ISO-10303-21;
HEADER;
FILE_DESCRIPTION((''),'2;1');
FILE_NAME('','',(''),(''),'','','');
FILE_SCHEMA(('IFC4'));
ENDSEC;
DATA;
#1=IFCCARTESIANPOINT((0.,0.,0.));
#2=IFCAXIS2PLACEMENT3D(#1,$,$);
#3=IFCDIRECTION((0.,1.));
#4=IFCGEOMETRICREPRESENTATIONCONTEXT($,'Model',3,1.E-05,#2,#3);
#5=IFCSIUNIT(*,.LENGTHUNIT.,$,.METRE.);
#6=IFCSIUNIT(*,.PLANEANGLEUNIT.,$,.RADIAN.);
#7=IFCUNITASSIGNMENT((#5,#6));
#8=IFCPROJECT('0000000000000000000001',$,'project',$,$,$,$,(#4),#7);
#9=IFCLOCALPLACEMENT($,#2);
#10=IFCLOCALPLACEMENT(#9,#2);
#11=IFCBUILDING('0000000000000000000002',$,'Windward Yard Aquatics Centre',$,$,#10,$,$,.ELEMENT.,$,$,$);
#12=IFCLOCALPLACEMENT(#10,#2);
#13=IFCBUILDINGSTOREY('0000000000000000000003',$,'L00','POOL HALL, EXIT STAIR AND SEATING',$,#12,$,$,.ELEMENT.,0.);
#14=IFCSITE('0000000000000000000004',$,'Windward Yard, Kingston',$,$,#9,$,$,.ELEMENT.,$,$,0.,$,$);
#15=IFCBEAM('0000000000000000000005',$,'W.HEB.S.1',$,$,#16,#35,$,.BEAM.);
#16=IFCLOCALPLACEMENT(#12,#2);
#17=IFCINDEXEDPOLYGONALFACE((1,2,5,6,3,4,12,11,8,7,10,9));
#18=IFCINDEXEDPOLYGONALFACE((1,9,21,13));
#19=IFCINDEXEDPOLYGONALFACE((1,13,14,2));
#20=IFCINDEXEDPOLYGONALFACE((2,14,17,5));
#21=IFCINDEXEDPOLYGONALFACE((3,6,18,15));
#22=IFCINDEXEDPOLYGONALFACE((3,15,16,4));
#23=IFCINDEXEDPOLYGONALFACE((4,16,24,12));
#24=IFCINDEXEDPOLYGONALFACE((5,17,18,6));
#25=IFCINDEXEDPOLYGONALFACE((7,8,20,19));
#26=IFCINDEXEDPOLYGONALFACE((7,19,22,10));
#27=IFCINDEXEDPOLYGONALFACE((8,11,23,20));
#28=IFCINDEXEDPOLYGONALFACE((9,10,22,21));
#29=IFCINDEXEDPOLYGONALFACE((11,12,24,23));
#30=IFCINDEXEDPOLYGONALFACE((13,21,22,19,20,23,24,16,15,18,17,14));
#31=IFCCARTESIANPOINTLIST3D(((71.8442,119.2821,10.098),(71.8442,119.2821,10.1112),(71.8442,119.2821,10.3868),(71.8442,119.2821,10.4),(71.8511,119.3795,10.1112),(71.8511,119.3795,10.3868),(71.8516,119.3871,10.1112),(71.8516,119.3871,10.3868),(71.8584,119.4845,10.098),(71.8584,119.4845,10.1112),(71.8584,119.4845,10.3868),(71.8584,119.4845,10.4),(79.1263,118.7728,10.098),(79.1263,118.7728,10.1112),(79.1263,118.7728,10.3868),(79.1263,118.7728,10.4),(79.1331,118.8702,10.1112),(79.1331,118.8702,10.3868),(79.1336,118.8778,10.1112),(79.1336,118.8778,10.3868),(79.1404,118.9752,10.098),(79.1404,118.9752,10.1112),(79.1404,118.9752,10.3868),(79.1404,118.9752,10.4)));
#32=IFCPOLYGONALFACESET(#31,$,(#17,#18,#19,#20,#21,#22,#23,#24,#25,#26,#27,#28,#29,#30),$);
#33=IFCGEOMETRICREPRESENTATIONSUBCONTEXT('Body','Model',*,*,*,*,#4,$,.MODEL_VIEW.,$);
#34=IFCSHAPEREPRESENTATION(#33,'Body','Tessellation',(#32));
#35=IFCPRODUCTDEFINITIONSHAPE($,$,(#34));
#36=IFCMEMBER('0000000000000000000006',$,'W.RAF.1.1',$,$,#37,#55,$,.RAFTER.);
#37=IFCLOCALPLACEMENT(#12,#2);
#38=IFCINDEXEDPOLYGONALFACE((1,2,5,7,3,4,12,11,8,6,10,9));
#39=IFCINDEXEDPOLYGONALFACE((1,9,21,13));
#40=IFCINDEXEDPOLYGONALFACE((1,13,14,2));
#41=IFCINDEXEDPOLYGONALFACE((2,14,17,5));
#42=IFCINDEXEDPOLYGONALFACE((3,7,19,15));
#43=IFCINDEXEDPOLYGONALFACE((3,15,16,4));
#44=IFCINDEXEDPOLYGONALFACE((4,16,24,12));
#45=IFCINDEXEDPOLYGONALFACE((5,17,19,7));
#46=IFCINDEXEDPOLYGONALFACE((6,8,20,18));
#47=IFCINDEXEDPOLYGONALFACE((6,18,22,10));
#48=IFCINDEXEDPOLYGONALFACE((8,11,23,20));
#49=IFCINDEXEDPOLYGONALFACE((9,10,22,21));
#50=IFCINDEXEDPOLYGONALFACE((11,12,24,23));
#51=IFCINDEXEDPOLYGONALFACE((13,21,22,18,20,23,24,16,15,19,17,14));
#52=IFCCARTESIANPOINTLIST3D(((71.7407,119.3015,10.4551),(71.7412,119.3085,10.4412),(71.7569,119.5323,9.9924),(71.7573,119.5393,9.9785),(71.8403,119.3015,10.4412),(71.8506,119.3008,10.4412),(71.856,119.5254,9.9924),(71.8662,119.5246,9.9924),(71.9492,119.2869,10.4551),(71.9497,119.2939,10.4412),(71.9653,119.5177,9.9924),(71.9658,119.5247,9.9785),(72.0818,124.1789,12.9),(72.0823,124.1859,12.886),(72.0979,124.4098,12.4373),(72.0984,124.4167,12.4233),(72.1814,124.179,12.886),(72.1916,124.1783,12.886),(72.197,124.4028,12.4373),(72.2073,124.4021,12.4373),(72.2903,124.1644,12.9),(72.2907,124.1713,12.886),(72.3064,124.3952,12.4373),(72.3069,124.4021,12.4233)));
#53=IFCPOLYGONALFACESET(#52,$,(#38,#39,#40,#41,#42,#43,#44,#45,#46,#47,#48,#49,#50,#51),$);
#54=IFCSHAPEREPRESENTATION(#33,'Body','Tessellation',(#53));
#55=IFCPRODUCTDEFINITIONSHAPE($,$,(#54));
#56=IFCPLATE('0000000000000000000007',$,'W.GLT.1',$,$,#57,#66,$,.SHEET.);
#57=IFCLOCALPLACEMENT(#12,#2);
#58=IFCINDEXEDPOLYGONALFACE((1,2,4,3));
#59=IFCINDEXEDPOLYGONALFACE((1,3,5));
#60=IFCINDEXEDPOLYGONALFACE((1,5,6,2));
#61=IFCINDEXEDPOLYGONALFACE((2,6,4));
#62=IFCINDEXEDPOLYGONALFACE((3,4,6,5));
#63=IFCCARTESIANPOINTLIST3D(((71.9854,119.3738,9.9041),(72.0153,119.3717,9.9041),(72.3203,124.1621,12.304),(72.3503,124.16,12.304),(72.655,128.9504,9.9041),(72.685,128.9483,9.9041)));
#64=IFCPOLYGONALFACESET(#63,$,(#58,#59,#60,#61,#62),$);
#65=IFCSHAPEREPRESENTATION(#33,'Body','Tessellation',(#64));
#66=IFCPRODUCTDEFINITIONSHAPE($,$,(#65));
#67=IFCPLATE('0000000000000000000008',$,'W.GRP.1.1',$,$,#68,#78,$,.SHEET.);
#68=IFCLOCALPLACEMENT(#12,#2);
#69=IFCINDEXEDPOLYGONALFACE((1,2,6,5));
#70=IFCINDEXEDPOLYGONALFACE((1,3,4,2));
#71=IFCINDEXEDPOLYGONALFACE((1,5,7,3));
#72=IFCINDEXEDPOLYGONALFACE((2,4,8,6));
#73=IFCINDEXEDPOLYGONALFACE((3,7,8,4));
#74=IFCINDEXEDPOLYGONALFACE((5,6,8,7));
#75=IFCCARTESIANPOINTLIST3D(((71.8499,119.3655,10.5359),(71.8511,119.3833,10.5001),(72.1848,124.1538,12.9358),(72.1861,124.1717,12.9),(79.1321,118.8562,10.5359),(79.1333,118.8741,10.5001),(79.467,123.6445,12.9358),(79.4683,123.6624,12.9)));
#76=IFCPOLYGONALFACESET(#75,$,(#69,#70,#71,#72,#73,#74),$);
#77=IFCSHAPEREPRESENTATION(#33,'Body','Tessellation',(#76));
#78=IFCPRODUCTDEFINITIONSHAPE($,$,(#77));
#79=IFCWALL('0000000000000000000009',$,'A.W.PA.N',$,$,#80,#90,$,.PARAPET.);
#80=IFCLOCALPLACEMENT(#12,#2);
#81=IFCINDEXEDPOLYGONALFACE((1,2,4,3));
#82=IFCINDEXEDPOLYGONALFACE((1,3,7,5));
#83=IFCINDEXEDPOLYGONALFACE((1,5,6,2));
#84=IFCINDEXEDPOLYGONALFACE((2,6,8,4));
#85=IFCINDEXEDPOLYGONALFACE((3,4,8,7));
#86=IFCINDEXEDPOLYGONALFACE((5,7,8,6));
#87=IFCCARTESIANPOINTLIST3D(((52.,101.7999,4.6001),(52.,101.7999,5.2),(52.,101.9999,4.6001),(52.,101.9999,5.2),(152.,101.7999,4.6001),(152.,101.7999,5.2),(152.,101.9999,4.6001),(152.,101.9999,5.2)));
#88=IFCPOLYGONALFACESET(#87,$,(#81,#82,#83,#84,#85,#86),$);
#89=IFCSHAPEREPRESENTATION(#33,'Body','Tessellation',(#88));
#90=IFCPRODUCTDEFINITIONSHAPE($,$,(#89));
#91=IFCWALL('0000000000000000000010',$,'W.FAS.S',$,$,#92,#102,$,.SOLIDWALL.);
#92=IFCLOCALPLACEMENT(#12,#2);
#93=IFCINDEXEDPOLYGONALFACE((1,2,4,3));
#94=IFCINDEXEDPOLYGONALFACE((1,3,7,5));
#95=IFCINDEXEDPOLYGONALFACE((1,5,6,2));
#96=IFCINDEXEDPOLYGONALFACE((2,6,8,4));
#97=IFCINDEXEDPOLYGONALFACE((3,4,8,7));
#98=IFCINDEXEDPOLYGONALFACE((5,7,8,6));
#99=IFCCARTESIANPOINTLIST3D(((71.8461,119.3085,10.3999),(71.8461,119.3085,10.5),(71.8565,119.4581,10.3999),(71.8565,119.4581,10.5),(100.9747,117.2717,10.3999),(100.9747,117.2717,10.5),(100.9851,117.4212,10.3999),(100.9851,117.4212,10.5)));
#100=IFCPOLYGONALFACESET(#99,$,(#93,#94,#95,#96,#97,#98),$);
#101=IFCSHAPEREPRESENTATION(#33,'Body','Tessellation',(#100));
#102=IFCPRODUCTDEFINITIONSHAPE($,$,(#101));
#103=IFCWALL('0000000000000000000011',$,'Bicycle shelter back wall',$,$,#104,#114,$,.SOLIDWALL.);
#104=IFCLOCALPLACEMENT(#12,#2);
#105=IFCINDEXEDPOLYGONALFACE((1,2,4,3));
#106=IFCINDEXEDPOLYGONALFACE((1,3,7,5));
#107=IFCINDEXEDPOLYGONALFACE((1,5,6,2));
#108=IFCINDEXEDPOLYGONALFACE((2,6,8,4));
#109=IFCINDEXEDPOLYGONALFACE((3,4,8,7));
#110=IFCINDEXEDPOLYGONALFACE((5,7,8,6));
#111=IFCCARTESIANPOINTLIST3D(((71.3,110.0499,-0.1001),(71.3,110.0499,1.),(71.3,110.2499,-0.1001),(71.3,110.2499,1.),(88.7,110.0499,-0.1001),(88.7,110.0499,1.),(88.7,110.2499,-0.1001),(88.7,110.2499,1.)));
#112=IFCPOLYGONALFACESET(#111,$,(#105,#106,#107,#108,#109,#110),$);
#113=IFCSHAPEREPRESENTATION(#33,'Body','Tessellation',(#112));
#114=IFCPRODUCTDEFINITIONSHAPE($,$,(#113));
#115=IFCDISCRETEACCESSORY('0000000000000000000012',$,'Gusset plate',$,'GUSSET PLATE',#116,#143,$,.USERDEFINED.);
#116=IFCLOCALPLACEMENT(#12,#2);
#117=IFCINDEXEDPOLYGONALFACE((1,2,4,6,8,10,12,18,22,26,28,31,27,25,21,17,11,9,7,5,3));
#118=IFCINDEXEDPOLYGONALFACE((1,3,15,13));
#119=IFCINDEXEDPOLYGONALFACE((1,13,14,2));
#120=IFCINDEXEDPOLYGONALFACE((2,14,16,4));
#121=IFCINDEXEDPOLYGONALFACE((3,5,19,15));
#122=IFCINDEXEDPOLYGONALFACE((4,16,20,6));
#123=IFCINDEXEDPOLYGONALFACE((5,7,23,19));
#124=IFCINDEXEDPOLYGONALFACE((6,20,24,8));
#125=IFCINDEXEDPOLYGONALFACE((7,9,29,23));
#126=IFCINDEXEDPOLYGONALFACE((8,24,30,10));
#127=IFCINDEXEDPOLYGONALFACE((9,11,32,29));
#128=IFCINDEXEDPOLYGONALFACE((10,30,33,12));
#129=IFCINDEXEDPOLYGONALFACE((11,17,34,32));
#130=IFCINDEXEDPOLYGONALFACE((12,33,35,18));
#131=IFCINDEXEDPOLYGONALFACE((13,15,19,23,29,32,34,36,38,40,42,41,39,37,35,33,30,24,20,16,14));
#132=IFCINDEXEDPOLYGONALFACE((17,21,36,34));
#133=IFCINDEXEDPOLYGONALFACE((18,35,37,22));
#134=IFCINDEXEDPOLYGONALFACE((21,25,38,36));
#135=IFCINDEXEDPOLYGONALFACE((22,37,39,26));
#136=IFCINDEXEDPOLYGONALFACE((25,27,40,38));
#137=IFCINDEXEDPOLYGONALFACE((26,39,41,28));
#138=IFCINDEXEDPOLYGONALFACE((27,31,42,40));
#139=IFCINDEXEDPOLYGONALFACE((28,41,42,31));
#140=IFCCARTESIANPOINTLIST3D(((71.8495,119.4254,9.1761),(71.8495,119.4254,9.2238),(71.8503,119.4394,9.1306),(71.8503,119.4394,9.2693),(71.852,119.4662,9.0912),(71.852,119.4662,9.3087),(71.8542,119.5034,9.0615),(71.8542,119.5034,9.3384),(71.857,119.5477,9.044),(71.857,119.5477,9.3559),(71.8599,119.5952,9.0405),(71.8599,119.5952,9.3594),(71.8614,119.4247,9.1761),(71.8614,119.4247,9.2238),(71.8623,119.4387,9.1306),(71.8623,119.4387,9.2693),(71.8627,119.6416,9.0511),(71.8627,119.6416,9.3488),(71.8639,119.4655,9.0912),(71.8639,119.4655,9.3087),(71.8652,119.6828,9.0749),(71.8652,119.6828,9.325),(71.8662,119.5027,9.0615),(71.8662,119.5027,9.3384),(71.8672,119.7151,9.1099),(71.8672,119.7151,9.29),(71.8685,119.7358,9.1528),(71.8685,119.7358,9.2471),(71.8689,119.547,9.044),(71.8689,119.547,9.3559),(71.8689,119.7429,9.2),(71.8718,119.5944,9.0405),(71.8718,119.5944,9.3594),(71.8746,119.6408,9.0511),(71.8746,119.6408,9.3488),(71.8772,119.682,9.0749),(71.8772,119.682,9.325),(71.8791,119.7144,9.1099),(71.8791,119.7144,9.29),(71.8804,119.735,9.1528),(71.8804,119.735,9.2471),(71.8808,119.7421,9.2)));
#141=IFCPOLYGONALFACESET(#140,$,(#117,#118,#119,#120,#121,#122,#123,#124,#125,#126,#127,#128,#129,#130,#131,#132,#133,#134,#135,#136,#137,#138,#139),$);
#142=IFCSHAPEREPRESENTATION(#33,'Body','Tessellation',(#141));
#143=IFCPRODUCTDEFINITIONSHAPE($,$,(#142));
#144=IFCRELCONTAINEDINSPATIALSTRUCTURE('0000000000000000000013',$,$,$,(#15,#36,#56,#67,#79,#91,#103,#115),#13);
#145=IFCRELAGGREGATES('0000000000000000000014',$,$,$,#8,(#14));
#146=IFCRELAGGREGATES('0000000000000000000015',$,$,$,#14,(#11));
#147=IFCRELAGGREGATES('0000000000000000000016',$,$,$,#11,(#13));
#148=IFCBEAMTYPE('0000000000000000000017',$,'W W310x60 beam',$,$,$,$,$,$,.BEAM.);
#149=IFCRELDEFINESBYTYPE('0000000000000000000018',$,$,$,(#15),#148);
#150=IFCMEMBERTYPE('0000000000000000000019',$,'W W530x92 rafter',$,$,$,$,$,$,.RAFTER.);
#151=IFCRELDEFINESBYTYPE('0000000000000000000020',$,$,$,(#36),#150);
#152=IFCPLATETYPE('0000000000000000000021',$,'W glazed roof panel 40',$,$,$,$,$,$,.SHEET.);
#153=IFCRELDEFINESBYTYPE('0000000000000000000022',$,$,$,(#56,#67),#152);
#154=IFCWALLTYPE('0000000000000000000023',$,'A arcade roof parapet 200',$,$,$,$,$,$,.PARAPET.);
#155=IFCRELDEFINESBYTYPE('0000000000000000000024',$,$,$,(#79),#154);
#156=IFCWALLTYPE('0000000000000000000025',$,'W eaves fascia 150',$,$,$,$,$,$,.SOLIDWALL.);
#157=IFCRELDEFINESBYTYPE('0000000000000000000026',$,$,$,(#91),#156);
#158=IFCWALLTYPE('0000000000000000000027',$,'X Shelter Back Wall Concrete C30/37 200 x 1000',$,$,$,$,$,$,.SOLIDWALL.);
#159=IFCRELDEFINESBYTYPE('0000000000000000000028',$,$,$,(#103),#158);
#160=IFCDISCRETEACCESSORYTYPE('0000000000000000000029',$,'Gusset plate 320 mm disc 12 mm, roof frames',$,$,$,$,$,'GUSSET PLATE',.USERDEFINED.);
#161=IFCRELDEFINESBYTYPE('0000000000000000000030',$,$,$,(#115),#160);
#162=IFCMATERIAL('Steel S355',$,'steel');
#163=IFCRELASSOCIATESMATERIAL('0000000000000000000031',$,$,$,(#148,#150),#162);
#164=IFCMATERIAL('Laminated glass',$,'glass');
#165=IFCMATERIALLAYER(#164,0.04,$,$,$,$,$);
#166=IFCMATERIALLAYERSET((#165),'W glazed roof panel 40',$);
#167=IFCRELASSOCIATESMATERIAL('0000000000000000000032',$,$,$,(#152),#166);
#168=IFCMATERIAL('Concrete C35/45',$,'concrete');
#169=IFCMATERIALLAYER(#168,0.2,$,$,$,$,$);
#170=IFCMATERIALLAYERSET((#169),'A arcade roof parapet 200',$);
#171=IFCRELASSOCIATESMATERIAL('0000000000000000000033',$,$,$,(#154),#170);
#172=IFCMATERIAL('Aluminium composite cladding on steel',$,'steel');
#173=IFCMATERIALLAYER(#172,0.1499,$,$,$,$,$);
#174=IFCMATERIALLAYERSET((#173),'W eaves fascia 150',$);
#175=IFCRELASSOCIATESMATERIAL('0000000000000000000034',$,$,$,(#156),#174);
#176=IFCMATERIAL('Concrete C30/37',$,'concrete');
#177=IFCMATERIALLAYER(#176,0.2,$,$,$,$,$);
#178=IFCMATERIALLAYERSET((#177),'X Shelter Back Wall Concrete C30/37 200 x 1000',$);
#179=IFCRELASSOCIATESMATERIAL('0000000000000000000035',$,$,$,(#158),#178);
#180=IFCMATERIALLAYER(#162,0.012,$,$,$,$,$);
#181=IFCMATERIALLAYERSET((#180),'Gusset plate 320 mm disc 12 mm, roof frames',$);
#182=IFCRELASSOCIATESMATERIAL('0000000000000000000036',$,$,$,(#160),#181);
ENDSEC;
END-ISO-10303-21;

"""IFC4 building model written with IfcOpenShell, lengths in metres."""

from ifc_helpers import new_model, si_unit, direction, frame, frame_2d, origin, origin_2d, place, context, subcontext, project, spatial, polyline, rectangle, circle, i_section, outline, extrude, material, layer, layer_set, material_profile, profile_set, type_object, element, save


model = new_model("IFC4")

# Units and contexts
model_context = context("Model", 3, precision=1e-05, world=origin(), true_north=direction((0.0, 1.0)))
body_context = subcontext(model_context, "Body", "Model", "MODEL_VIEW")
ifc_project = project(units=[si_unit("LENGTHUNIT", "METRE"), si_unit("PLANEANGLEUNIT", "RADIAN")], contexts=[model_context])

# Site, building, storey
site_placement = place(None, origin())
site = spatial("IfcSite", under=ifc_project, at=site_placement, Name="Windward Yard, Kingston", CompositionType="ELEMENT", RefElevation=0.0)
building_placement = place(site_placement, origin())
building = spatial("IfcBuilding", under=site, at=building_placement, Name="Windward Yard Aquatics Centre", CompositionType="ELEMENT")
storey_placement = place(building_placement, origin())
storey = spatial("IfcBuildingStorey", under=building, at=storey_placement, Name="L00", Description="POOL HALL, EXIT STAIR AND SEATING", CompositionType="ELEMENT", Elevation=0.0)

# Shared definitions
ifc_material_1 = material(Name="Concrete C35/45", Category="concrete")

# Shared definitions
ifc_material_2 = material(Name="Steel S355", Category="steel")

# Beam
ifc_material_profile_1 = material_profile(ifc_material_2, i_section(OverallWidth=0.2029, OverallDepth=0.302, WebThickness=0.0076, FlangeThickness=0.0132, at=origin_2d()), Name="W310x60")
ifc_profile_set_1 = profile_set([ifc_material_profile_1], Name="Steel S355")
beam_type_1 = type_object("IfcBeamType", Name="W W310x60 beam", PredefinedType="BEAM", material=ifc_profile_set_1)
beam_1_placement = place(storey_placement, frame((71.8513, 119.3833, 10.249), z_axis=(0.997563, -0.069766, 0.0), x_axis=(0.069766, 0.997563, 0.0)))
element("IfcBeam", 1, at=beam_1_placement, inside=storey, type_object=beam_type_1, Name="W.HEB.S.1", PredefinedType="BEAM", context=body_context, shape_type="SweptSolid", body=[
    extrude(i_section(OverallWidth=0.2029, OverallDepth=0.302, WebThickness=0.0076, FlangeThickness=0.0132, at=origin_2d()), origin(), (0.0, 0.0, 1.0), 7.2998),
])

# Member
ifc_material_profile_2 = material_profile(ifc_material_2, i_section(OverallWidth=0.209, OverallDepth=0.533, WebThickness=0.0103, FlangeThickness=0.0156, at=origin_2d()), Name="W530x92")
ifc_profile_set_2 = profile_set([ifc_material_profile_2], Name="Steel S355")
member_type_1 = type_object("IfcMemberType", Name="W W530x92 rafter", PredefinedType="RAFTER", material=ifc_profile_set_2)
member_1_placement = place(storey_placement, frame((71.8533, 119.4131, 10.2168), z_axis=(0.062391, 0.892238, 0.447235), x_axis=(-0.997564, 0.069757, 0.0)))
element("IfcMember", 2, at=member_1_placement, inside=storey, type_object=member_type_1, Name="W.RAF.1.1", PredefinedType="RAFTER", context=body_context, shape_type="SweptSolid", body=[
    extrude(i_section(OverallWidth=0.209, OverallDepth=0.533, WebThickness=0.0103, FlangeThickness=0.0156, at=origin_2d()), origin(), (0.0, 0.0, 1.0), 5.4666),
])

# Plates
ifc_material_3 = material(Name="Laminated glass", Category="glass")
ifc_layer_1 = layer(ifc_material_3, 0.04)
ifc_layer_set_1 = layer_set([ifc_layer_1], Name="W glazed roof panel 40")
plate_type = type_object("IfcPlateType", Name="W glazed roof panel 40", PredefinedType="SHEET", material=ifc_layer_set_1)
plate_1_placement = place(storey_placement, frame((71.9854, 119.3738, 9.9041), z_axis=(-0.997564, 0.069758, 0.000051), x_axis=(0.069758, 0.997564, 0.0)))
element("IfcPlate", 3, at=plate_1_placement, inside=storey, type_object=plate_type, Name="W.GLT.1", PredefinedType="SHEET", context=body_context, shape_type="SweptSolid", body=[
    extrude(outline(polyline([(0.0, 0.0), (9.6, 0.0), (4.8, -2.3999), (0.0, 0.0)])), origin(), (0.0, 0.0, -1.0), 0.03),
])
plate_2_placement = place(storey_placement, frame((71.8499, 119.3655, 10.5359), z_axis=(-0.031198, -0.446107, 0.894436), x_axis=(0.997564, -0.069764, 0.0)))
element("IfcPlate", 4, at=plate_2_placement, inside=storey, type_object=plate_type, Name="W.GRP.1.1", PredefinedType="SHEET", context=body_context, shape_type="SweptSolid", body=[
    extrude(outline(polyline([(0.0, 0.0), (7.3, 0.0), (7.3001, 5.3665), (0.0001, 5.3665), (0.0, 0.0)])), origin(), (0.0, 0.0, -1.0), 0.04),
])

# Walls
ifc_layer_2 = layer(ifc_material_1, 0.2)
ifc_layer_set_2 = layer_set([ifc_layer_2], Name="A arcade roof parapet 200")
wall_type_1 = type_object("IfcWallType", Name="A arcade roof parapet 200", PredefinedType="PARAPET", material=ifc_layer_set_2)
wall_1_placement = place(storey_placement, frame((52.0, 101.8999, 4.6001), z_axis=(0.0, 0.0, 1.0), x_axis=(1.0, 0.0, 0.0)))
element("IfcWall", 5, at=wall_1_placement, inside=storey, type_object=wall_type_1, Name="A.W.PA.N", PredefinedType="PARAPET", context=body_context, shape_type="SweptSolid", body=[
    extrude(rectangle(XDim=100.0, YDim=0.2, at=frame_2d((50.0, 0.0))), origin(), (0.0, 0.0, 1.0), 0.5999),
])
ifc_material_4 = material(Name="Aluminium composite cladding on steel", Category="steel")
ifc_layer_3 = layer(ifc_material_4, 0.1499)
ifc_layer_set_3 = layer_set([ifc_layer_3], Name="W eaves fascia 150")
wall_type_2 = type_object("IfcWallType", Name="W eaves fascia 150", PredefinedType="SOLIDWALL", material=ifc_layer_set_3)
wall_2_placement = place(storey_placement, frame((71.8513, 119.3833, 10.3999), z_axis=(0.0, 0.0, 1.0), x_axis=(0.997564, -0.069756, 0.0)))
element("IfcWall", 6, at=wall_2_placement, inside=storey, type_object=wall_type_2, Name="W.FAS.S", PredefinedType="SOLIDWALL", context=body_context, shape_type="SweptSolid", body=[
    extrude(rectangle(XDim=29.1997, YDim=0.1499, at=frame_2d((14.5999, 0.0))), origin(), (0.0, 0.0, 1.0), 0.1001),
])
ifc_material_5 = material(Name="Concrete C30/37", Category="concrete")
ifc_layer_4 = layer(ifc_material_5, 0.2)
ifc_layer_set_4 = layer_set([ifc_layer_4], Name="X Shelter Back Wall Concrete C30/37 200 x 1000")
wall_type_3 = type_object("IfcWallType", Name="X Shelter Back Wall Concrete C30/37 200 x 1000", PredefinedType="SOLIDWALL", material=ifc_layer_set_4)
wall_3_placement = place(storey_placement, frame((71.3, 110.1499, -0.1001), z_axis=(0.0, 0.0, 1.0), x_axis=(1.0, 0.0, 0.0)))
element("IfcWall", 7, at=wall_3_placement, inside=storey, type_object=wall_type_3, Name="Bicycle shelter back wall", PredefinedType="SOLIDWALL", context=body_context, shape_type="SweptSolid", body=[
    extrude(rectangle(XDim=17.3999, YDim=0.2, at=frame_2d((8.7, 0.0))), origin(), (0.0, 0.0, 1.0), 1.1001),
])

# Discrete accessory
ifc_layer_5 = layer(ifc_material_2, 0.012)
ifc_layer_set_5 = layer_set([ifc_layer_5], Name="Gusset plate 320 mm disc 12 mm, roof frames")
discrete_accessory_type = type_object("IfcDiscreteAccessoryType", Name="Gusset plate 320 mm disc 12 mm, roof frames", ElementType="GUSSET PLATE", PredefinedType="USERDEFINED", material=ifc_layer_set_5)
discrete_accessory_placement = place(storey_placement, frame((71.8591, 119.5833, 9.2), z_axis=(0.998131, -0.06111, 0.0), x_axis=(0.06111, 0.998131, 0.0)))
element("IfcDiscreteAccessory", 8, at=discrete_accessory_placement, inside=storey, type_object=discrete_accessory_type, Name="Gusset plate", ObjectType="GUSSET PLATE", PredefinedType="USERDEFINED", context=body_context, shape_type="SweptSolid", body=[
    extrude(circle(Radius=0.1599, at=origin_2d()), origin(), (0.0, 0.0, 1.0), 0.012),
])

save(model, "model.ifc")
